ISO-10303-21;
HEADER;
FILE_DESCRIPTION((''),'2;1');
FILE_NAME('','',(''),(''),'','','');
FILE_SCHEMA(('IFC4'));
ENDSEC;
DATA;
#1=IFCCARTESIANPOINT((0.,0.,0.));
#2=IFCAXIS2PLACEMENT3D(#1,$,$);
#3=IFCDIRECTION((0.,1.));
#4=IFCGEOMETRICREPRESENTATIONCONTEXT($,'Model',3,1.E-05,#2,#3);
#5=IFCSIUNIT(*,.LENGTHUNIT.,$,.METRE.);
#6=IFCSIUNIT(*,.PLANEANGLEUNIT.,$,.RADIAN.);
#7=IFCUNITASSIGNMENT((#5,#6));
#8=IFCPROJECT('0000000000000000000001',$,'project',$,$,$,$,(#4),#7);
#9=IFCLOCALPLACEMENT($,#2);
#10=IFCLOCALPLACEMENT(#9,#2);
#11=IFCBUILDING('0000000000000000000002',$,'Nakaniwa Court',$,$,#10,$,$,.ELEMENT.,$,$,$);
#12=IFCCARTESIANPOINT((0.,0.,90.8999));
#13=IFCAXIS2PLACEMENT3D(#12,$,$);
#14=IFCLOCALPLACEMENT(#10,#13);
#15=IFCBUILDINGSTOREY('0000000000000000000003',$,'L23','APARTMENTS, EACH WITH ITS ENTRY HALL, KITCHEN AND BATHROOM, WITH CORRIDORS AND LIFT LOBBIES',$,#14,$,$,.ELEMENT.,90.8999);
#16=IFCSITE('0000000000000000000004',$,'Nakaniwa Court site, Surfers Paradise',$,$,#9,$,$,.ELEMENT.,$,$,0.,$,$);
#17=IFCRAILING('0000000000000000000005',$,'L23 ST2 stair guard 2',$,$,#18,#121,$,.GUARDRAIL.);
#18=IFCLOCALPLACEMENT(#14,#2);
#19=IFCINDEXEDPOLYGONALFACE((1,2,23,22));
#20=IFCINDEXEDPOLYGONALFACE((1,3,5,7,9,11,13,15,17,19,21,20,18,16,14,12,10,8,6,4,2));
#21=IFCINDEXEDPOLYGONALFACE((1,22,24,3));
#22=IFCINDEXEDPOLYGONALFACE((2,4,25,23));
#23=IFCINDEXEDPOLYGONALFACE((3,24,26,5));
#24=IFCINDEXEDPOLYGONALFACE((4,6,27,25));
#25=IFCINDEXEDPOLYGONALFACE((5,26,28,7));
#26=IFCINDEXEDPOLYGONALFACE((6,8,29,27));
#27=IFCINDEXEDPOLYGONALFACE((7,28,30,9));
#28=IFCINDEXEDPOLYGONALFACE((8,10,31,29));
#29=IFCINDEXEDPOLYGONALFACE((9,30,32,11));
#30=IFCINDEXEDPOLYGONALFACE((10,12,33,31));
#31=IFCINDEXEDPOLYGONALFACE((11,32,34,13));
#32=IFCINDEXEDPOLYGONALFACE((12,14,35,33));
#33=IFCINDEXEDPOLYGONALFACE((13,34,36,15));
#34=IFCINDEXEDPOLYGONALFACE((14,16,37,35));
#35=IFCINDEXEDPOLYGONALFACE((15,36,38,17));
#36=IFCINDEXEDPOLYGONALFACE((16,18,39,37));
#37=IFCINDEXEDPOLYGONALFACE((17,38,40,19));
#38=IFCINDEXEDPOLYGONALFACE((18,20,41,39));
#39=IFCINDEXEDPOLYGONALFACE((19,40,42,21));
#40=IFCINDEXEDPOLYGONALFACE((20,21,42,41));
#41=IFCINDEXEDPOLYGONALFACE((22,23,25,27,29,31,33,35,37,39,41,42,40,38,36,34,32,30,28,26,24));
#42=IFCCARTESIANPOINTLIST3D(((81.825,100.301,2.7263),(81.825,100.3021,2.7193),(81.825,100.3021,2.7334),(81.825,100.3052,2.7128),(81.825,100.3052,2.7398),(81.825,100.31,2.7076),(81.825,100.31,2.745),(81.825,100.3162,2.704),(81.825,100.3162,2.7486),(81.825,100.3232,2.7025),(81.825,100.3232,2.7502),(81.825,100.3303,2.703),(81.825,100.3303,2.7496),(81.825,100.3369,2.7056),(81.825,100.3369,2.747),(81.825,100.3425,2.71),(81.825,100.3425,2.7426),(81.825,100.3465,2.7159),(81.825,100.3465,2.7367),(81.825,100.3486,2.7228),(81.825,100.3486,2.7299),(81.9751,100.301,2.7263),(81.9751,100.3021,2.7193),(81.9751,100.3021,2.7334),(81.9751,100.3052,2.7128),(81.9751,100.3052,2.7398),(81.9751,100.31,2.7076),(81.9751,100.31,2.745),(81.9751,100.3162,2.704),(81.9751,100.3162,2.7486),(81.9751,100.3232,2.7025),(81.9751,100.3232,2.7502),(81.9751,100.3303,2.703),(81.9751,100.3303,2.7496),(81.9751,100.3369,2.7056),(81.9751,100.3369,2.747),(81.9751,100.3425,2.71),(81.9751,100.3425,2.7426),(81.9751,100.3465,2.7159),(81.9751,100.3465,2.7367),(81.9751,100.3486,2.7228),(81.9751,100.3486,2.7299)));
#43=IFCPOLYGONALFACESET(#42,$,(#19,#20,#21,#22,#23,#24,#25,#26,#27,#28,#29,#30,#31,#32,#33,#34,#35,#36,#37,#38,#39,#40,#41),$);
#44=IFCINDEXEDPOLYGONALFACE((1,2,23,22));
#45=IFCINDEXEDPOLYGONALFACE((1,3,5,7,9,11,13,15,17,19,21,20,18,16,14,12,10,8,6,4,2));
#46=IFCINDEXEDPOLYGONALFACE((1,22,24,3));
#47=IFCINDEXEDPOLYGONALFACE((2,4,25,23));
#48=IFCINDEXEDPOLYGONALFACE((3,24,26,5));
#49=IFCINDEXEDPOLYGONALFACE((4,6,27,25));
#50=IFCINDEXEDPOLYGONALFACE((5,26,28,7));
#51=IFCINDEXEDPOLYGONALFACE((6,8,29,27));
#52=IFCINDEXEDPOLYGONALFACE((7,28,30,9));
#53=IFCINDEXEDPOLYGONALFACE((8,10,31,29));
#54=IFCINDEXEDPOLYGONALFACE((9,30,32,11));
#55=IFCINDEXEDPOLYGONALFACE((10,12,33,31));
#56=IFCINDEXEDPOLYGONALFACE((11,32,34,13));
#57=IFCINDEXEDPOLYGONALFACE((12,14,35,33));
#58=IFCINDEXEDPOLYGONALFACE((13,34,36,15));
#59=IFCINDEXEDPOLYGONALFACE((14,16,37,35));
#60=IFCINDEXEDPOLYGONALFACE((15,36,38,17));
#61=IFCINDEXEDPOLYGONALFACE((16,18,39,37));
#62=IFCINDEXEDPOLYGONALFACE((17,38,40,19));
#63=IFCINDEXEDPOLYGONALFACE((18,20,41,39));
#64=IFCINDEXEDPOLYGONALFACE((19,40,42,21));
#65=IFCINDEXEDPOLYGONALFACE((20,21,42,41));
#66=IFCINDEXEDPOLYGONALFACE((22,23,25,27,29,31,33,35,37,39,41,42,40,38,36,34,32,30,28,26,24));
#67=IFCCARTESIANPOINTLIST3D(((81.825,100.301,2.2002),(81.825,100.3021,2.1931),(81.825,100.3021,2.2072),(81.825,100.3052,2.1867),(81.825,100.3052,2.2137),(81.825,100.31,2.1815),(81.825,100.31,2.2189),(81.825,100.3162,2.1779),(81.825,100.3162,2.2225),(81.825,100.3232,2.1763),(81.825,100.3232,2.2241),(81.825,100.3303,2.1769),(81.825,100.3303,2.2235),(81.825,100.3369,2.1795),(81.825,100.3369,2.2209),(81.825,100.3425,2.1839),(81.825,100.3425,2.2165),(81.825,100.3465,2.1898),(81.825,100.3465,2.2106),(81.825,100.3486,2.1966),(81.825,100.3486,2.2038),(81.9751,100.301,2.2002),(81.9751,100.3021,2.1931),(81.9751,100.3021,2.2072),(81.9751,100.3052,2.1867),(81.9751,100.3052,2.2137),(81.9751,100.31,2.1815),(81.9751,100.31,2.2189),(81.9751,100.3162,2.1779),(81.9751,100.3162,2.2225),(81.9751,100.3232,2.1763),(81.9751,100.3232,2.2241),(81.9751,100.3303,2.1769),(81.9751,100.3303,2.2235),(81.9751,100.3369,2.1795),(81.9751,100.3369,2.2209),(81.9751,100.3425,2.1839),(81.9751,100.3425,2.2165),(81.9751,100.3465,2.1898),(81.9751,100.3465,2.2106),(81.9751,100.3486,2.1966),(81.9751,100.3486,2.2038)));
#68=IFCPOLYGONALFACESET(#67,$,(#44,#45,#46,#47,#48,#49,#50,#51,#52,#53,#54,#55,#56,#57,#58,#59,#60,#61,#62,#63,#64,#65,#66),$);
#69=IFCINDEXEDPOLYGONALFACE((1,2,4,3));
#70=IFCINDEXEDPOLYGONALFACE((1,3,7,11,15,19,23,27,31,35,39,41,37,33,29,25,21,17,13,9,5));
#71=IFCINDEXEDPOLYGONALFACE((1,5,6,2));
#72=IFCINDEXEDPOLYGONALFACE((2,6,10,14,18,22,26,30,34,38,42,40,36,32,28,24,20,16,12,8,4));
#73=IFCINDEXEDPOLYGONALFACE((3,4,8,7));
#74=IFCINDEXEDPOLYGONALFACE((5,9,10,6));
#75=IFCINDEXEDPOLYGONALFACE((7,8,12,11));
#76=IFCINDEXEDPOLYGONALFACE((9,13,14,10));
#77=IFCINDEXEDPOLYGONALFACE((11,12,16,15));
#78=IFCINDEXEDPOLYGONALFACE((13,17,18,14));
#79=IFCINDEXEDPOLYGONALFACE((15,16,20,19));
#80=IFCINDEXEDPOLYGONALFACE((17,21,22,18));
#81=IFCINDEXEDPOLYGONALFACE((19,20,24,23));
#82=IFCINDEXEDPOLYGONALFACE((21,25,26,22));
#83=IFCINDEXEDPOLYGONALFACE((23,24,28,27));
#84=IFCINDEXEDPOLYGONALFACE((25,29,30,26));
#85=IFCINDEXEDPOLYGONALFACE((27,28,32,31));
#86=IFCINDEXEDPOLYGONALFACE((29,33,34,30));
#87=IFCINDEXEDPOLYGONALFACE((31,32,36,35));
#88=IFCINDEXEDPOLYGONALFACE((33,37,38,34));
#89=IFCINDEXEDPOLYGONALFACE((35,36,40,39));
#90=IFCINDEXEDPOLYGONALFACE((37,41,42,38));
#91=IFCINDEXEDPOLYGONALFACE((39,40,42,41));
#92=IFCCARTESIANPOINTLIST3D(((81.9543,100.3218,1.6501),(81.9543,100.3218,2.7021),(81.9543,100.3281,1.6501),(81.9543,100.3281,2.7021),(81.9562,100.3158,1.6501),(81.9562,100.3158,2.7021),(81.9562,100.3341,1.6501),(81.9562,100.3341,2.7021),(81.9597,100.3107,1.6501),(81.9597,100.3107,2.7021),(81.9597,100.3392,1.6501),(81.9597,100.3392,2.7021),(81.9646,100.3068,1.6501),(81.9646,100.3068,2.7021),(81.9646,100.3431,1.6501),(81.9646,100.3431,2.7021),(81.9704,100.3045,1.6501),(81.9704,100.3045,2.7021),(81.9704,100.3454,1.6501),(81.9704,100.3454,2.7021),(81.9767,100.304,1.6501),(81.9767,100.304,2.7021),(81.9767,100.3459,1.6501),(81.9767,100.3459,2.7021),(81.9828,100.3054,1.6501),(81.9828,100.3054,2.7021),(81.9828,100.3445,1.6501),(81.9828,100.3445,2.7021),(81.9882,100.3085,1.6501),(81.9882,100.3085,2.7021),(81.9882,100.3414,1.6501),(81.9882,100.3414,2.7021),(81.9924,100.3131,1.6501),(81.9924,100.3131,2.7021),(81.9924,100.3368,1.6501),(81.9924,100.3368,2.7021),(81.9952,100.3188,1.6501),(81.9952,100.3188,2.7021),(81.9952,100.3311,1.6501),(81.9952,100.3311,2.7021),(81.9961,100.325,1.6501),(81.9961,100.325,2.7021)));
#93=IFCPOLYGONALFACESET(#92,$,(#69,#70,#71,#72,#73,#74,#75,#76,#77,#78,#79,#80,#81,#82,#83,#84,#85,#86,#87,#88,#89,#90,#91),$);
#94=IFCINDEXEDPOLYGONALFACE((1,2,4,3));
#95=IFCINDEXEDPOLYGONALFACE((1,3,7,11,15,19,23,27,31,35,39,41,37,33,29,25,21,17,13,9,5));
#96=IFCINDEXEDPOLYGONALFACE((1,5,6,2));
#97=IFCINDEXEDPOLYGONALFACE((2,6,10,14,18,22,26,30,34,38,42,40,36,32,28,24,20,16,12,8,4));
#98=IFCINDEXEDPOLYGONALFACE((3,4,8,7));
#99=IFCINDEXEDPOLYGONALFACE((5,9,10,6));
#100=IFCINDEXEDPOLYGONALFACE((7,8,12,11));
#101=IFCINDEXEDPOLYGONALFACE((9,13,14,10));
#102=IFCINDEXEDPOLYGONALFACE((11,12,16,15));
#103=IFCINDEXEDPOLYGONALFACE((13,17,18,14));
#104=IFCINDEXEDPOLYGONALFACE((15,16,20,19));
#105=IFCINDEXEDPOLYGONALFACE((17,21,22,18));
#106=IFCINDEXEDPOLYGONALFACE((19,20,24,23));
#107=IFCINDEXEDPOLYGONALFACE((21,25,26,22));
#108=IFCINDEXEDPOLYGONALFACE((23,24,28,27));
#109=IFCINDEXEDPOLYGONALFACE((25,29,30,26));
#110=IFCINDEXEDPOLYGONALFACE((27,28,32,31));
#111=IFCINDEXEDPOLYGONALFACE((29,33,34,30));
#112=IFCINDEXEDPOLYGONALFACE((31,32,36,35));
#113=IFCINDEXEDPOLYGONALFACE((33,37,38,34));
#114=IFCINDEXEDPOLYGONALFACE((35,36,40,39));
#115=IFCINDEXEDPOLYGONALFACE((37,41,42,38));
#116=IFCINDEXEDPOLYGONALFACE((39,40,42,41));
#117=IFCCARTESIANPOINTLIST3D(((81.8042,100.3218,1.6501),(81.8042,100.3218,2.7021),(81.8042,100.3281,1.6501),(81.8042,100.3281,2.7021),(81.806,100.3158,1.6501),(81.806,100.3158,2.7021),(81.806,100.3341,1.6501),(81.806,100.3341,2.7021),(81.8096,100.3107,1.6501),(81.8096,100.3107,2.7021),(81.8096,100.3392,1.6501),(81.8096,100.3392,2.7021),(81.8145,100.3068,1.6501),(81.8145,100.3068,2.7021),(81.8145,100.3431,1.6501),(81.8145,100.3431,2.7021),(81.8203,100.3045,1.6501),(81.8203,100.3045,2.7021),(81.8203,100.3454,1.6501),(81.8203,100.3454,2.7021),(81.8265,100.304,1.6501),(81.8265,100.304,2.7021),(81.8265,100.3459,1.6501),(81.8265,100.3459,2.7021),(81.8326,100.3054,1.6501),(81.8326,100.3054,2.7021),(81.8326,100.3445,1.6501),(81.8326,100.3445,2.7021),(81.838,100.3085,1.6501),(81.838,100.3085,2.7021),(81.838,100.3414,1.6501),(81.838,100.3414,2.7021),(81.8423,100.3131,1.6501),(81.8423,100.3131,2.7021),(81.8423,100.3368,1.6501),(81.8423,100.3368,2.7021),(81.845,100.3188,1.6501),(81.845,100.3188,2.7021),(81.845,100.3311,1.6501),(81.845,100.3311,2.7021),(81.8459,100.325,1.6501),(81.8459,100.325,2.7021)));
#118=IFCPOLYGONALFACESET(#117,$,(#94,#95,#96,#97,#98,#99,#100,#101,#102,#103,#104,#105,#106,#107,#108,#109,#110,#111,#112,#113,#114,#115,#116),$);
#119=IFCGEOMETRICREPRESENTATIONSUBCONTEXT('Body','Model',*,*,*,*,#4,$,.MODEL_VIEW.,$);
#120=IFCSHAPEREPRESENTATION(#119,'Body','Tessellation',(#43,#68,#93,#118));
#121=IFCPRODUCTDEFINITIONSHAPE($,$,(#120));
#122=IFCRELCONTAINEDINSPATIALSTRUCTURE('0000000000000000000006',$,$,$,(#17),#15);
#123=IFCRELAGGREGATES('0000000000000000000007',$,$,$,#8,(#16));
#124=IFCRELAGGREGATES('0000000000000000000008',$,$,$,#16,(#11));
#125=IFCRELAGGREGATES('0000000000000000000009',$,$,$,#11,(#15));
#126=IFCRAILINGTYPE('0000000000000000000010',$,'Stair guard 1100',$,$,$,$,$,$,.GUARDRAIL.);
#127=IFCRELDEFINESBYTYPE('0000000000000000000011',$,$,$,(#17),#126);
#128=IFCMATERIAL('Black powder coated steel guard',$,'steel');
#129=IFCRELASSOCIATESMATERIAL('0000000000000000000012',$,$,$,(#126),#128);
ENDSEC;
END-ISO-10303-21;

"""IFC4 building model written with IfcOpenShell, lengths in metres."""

from ifc_helpers import new_model, si_unit, direction, frame, origin, origin_2d, place, context, subcontext, project, spatial, circle, extrude, material, type_object, element, save


model = new_model("IFC4")

# Units and contexts
model_context = context("Model", 3, precision=1e-05, world=origin(), true_north=direction((0.0, 1.0)))
body_context = subcontext(model_context, "Body", "Model", "MODEL_VIEW")
ifc_project = project(units=[si_unit("LENGTHUNIT", "METRE"), si_unit("PLANEANGLEUNIT", "RADIAN")], contexts=[model_context])

# Site, building, storey
site_placement = place(None, origin())
site = spatial("IfcSite", under=ifc_project, at=site_placement, Name="Nakaniwa Court site, Surfers Paradise", CompositionType="ELEMENT", RefElevation=0.0)
building_placement = place(site_placement, origin())
building = spatial("IfcBuilding", under=site, at=building_placement, Name="Nakaniwa Court", CompositionType="ELEMENT")
storey_placement = place(building_placement, frame((0.0, 0.0, 90.8999)))
storey = spatial("IfcBuildingStorey", under=building, at=storey_placement, Name="L23", Description="APARTMENTS, EACH WITH ITS ENTRY HALL, KITCHEN AND BATHROOM, WITH CORRIDORS AND LIFT LOBBIES", CompositionType="ELEMENT", Elevation=90.8999)

# Railing
ifc_material_1 = material(Name="Black powder coated steel guard", Category="steel")
railing_type_1 = type_object("IfcRailingType", Name="Stair guard 1100", PredefinedType="GUARDRAIL", material=ifc_material_1)
railing_1_placement = place(storey_placement, frame((81.9751, 100.325, 1.6501)))
element("IfcRailing", 1, at=railing_1_placement, inside=storey, type_object=railing_type_1, Name="L23 ST2 stair guard 2", PredefinedType="GUARDRAIL", context=body_context, shape_type="SweptSolid", body=[
    extrude(circle(Radius=0.0239, at=origin_2d()), frame((0.0, 0.0, 1.0762), z_axis=(-1.0, 0.0, 0.0), x_axis=(0.0, -1.0, 0.0)), (0.0, 0.0, 1.0), 0.1501),
    extrude(circle(Radius=0.0239, at=origin_2d()), frame((0.0, 0.0, 0.55), z_axis=(-1.0, 0.0, 0.0), x_axis=(0.0, -1.0, 0.0)), (0.0, 0.0, 1.0), 0.1501),
    extrude(circle(Radius=0.021, at=origin_2d()), origin(), (0.0, 0.0, 1.0), 1.052),
    extrude(circle(Radius=0.021, at=origin_2d()), frame((-0.1501, 0.0, 0.0)), (0.0, 0.0, 1.0), 1.052),
])

save(model, "model.ifc")
